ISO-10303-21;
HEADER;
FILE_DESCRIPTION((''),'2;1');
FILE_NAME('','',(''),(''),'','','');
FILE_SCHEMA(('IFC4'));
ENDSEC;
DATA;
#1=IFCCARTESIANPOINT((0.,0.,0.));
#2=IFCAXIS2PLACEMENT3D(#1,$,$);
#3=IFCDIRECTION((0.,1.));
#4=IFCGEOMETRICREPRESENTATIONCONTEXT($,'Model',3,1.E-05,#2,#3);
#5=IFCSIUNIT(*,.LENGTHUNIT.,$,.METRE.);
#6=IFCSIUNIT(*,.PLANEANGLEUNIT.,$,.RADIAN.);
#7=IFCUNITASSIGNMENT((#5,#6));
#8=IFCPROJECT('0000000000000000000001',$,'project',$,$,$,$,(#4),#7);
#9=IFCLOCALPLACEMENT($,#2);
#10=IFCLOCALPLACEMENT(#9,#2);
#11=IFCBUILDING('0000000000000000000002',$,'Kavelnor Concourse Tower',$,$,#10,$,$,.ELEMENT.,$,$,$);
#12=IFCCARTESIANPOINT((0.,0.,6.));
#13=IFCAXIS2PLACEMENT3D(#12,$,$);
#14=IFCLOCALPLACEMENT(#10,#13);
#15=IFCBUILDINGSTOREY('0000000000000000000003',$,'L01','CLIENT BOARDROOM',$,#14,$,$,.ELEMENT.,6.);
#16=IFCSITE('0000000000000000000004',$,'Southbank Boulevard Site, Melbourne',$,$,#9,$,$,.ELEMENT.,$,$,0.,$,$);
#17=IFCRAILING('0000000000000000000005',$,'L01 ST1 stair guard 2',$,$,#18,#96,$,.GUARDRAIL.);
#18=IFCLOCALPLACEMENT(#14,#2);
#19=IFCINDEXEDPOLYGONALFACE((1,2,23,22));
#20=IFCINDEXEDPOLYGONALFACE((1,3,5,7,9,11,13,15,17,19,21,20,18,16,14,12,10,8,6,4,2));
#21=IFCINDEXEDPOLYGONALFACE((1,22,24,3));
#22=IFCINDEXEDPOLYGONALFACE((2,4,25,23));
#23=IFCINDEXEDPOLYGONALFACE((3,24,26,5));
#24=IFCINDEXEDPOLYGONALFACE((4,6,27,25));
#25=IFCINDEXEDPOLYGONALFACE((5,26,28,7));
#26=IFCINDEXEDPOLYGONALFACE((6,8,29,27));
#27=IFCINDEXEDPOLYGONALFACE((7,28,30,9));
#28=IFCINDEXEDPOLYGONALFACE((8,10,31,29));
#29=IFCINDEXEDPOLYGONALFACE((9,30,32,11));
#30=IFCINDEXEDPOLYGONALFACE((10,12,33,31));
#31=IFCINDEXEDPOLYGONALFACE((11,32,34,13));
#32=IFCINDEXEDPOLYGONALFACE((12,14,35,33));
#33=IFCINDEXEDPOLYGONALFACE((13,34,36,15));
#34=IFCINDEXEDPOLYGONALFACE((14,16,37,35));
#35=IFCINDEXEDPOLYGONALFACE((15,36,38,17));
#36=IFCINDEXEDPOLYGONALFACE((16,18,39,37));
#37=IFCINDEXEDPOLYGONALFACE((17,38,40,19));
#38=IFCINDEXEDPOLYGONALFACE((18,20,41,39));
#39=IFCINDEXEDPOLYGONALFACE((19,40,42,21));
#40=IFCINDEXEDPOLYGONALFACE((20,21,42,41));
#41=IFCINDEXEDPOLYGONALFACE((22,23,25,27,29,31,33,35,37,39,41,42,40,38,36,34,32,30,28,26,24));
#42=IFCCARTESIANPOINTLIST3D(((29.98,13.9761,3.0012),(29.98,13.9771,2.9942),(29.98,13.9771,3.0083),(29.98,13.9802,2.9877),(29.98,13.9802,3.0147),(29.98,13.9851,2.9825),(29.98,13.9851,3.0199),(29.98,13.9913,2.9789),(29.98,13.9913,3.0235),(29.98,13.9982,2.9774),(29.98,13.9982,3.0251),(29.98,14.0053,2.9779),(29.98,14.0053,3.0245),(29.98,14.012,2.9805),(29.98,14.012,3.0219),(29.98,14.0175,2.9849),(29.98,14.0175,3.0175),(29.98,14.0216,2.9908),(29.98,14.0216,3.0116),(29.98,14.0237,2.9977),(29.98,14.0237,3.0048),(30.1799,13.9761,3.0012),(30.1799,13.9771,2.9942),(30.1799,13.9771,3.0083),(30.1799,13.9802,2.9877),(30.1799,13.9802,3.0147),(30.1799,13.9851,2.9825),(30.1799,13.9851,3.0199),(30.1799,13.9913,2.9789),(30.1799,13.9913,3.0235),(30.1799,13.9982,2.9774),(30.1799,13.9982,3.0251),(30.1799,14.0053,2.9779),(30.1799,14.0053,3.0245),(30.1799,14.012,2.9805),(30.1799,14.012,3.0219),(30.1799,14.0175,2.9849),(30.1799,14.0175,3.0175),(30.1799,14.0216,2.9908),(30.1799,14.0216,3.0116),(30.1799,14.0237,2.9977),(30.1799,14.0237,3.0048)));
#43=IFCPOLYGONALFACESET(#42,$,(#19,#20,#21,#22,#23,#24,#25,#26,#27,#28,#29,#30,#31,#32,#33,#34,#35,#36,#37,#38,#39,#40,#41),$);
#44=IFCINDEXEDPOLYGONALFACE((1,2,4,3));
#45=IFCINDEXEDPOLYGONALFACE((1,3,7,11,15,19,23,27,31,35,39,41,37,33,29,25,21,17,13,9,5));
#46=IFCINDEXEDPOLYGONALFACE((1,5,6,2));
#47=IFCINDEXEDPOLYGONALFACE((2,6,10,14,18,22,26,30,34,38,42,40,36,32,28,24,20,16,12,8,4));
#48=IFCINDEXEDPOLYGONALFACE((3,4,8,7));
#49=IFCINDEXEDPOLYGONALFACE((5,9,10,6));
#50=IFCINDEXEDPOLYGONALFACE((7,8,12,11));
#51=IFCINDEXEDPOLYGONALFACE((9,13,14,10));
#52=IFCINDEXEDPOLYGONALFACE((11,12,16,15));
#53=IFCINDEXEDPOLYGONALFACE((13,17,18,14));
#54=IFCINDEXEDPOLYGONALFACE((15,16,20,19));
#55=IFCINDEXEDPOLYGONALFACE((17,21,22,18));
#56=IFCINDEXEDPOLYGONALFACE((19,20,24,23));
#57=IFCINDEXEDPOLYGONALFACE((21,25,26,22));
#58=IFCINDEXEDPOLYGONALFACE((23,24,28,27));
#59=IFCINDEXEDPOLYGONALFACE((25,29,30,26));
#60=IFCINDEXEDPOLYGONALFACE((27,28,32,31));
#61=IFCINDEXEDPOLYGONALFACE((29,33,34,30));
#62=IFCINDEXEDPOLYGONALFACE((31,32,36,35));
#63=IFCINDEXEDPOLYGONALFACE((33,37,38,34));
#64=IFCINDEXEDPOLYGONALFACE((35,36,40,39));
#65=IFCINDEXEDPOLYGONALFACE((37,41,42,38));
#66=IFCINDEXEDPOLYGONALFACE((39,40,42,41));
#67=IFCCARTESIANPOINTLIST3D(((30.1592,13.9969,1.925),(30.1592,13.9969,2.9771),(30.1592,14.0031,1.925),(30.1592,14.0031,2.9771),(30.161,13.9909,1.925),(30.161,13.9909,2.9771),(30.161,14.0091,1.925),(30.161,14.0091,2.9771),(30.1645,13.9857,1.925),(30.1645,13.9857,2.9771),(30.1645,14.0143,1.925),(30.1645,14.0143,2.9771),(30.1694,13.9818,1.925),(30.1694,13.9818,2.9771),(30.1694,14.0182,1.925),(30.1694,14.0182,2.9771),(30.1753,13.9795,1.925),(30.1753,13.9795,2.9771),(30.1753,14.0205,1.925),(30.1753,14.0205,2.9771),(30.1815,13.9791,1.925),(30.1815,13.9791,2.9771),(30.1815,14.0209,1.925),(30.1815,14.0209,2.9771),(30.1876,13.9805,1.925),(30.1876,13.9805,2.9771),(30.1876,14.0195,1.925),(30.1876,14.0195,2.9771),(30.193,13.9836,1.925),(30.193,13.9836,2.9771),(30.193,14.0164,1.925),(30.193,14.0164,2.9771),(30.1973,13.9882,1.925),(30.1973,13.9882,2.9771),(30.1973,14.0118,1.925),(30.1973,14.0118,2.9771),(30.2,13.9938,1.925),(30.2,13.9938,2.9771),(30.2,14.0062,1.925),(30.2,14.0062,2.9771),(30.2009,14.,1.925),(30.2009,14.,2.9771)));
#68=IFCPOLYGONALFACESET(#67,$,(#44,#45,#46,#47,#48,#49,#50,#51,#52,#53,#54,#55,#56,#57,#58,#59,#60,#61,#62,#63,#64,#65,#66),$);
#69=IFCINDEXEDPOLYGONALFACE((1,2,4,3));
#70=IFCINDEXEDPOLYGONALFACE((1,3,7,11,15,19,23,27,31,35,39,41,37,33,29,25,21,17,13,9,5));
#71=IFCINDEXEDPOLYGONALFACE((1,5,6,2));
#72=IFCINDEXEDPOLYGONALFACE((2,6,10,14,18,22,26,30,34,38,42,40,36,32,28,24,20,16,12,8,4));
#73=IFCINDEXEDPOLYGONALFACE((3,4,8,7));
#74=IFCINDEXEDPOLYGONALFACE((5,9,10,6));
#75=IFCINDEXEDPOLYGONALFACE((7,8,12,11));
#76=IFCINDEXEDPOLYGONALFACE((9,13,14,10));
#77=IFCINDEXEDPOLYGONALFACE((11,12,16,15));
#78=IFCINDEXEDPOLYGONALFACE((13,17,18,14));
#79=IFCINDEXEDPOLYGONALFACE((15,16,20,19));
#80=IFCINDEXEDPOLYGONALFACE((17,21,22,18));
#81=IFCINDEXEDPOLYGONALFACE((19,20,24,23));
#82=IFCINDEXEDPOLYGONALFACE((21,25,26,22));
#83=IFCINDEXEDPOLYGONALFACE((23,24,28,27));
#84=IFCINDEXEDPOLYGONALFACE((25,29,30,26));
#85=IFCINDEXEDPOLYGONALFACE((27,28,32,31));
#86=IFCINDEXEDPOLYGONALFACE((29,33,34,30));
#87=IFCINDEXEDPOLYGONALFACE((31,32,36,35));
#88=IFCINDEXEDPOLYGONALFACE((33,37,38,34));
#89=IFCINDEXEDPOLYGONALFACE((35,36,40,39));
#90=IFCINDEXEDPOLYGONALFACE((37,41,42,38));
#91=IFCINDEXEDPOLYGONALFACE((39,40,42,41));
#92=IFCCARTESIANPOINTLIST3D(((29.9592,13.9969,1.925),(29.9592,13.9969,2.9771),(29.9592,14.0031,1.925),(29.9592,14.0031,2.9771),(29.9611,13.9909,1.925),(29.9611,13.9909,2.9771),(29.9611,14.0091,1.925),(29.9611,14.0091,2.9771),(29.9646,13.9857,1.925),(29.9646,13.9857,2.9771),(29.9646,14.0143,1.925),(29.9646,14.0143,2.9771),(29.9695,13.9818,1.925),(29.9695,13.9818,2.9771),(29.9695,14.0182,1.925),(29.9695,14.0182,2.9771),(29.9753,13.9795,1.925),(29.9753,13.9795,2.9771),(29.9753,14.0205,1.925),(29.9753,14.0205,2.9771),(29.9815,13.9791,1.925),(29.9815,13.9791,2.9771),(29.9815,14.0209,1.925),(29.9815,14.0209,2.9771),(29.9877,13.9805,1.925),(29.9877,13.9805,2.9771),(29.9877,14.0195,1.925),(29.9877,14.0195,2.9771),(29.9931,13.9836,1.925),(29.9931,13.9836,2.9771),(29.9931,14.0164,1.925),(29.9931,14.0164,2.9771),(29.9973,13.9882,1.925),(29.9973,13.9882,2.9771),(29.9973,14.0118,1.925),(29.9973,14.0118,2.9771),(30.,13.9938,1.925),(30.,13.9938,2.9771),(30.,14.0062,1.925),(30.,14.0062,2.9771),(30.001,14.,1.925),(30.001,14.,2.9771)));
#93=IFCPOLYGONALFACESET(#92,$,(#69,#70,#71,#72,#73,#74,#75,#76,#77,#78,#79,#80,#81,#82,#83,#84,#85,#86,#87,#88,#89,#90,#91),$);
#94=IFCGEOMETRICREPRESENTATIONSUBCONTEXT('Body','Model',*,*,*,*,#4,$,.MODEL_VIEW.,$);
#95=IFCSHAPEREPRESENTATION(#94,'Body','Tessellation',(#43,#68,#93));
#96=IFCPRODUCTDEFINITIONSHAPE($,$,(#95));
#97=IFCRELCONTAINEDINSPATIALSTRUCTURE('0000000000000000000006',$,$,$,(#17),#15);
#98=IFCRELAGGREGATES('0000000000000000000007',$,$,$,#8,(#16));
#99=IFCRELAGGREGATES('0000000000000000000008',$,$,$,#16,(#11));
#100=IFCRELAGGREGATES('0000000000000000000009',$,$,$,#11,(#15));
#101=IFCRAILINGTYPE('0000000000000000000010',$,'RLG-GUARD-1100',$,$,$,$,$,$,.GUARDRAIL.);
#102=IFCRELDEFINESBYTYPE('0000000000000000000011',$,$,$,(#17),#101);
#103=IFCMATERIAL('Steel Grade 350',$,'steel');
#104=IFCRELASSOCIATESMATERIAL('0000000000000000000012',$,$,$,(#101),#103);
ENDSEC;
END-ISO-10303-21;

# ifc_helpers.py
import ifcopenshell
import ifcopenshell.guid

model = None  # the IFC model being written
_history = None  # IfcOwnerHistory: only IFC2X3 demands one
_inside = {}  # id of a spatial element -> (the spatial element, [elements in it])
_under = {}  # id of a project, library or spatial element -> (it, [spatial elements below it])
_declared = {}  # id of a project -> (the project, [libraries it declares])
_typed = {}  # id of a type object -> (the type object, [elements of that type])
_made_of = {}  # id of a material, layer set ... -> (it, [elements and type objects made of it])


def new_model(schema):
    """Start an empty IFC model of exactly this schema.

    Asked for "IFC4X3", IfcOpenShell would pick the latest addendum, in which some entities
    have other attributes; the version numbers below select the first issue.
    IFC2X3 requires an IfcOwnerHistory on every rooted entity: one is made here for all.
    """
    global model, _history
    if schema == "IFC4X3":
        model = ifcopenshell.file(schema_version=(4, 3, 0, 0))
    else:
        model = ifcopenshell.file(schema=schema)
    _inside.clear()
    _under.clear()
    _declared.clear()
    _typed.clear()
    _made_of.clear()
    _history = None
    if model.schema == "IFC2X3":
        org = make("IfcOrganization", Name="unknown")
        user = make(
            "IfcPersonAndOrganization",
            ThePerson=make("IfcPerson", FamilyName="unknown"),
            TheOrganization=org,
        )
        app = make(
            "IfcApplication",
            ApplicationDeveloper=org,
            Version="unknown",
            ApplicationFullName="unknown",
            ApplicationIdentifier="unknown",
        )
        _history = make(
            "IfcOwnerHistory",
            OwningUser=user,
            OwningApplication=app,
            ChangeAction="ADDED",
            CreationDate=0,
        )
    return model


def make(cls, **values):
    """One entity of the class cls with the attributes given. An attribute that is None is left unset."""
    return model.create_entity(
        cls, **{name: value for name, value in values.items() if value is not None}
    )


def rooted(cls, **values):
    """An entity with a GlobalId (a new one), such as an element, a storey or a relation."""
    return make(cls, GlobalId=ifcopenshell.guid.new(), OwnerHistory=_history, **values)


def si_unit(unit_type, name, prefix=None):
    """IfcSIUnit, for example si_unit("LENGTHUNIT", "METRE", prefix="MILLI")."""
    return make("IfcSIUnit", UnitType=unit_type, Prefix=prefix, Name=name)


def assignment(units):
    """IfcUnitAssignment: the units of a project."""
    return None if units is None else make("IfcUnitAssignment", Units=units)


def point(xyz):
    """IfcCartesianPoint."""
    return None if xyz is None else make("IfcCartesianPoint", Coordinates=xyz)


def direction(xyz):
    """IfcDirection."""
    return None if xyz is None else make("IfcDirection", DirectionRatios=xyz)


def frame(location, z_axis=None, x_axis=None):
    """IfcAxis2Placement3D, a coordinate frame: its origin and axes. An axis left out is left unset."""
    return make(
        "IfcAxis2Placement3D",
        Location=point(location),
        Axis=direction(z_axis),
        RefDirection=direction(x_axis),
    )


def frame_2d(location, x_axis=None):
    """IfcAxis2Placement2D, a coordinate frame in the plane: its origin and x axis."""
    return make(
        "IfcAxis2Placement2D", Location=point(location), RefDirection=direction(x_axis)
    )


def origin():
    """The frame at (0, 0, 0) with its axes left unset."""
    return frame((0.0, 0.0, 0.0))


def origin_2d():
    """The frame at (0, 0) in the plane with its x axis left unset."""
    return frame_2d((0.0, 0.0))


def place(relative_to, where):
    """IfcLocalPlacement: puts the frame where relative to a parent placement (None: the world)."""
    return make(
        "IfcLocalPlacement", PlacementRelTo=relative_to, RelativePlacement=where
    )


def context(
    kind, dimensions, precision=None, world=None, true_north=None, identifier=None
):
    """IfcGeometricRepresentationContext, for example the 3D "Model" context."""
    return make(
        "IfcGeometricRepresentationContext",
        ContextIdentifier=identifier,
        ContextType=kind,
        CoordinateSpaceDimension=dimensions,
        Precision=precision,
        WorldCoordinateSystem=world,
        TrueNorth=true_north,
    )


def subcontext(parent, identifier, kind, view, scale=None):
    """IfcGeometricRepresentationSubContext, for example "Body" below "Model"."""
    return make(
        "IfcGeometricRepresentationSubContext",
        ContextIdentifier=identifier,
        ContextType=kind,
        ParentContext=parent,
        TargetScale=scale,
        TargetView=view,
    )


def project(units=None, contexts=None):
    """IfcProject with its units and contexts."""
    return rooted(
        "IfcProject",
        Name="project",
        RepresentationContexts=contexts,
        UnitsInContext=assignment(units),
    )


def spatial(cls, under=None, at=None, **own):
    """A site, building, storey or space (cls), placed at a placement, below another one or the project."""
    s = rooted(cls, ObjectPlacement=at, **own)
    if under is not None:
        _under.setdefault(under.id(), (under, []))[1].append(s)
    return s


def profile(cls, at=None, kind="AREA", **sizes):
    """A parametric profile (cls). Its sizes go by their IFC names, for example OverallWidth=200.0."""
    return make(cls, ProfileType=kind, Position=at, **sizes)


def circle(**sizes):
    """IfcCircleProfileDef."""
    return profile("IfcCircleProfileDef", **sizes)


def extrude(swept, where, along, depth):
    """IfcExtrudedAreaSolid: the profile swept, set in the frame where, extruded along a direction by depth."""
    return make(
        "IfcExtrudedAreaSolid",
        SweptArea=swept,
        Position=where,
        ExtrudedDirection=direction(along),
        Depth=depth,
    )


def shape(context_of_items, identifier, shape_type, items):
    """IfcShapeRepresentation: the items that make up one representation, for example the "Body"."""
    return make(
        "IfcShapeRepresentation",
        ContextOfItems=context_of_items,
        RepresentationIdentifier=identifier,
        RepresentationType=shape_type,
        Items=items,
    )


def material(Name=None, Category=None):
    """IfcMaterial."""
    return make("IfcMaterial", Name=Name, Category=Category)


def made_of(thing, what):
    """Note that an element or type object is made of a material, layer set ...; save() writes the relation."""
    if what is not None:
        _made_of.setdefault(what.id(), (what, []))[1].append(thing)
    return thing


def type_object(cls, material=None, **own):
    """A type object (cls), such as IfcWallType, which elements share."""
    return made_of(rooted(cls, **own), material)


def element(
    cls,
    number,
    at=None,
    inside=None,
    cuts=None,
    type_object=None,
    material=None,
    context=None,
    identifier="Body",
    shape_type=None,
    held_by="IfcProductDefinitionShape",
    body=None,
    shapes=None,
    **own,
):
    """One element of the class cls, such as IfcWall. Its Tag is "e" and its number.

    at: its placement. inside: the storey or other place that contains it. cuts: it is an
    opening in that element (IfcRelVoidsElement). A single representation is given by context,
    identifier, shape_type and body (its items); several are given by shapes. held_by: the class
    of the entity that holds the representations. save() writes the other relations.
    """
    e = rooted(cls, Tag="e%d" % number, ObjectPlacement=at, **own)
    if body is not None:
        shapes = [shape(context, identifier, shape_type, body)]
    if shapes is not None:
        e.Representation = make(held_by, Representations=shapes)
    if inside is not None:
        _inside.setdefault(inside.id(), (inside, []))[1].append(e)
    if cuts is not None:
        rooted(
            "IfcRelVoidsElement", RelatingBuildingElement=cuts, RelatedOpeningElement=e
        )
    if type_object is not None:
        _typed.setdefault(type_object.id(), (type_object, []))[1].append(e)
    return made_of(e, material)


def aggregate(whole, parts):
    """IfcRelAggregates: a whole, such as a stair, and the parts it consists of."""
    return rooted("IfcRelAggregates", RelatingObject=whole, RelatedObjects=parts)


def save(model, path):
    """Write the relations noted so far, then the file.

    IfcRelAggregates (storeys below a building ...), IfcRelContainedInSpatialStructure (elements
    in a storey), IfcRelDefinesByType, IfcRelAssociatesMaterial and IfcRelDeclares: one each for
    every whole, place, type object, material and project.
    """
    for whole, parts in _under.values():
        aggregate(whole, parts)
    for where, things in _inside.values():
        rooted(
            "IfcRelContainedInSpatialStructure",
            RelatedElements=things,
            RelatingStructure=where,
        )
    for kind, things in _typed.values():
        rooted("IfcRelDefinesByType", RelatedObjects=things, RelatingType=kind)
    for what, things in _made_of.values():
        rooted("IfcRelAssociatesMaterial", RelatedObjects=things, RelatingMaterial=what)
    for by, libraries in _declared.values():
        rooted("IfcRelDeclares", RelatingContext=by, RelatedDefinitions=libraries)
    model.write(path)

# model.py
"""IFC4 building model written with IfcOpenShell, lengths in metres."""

from ifc_helpers import new_model, si_unit, direction, frame, origin, origin_2d, place, context, subcontext, project, spatial, circle, extrude, material, type_object, element, save


model = new_model("IFC4")

# Units and contexts
model_context = context("Model", 3, precision=1e-05, world=origin(), true_north=direction((0.0, 1.0)))
body_context = subcontext(model_context, "Body", "Model", "MODEL_VIEW")
ifc_project = project(units=[si_unit("LENGTHUNIT", "METRE"), si_unit("PLANEANGLEUNIT", "RADIAN")], contexts=[model_context])

# Site, building, storey
site_placement = place(None, origin())
site = spatial("IfcSite", under=ifc_project, at=site_placement, Name="Southbank Boulevard Site, Melbourne", CompositionType="ELEMENT", RefElevation=0.0)
building_placement = place(site_placement, origin())
building = spatial("IfcBuilding", under=site, at=building_placement, Name="Kavelnor Concourse Tower", CompositionType="ELEMENT")
storey_placement = place(building_placement, frame((0.0, 0.0, 6.0)))
storey = spatial("IfcBuildingStorey", under=building, at=storey_placement, Name="L01", Description="CLIENT BOARDROOM", CompositionType="ELEMENT", Elevation=6.0)

# Shared definitions
ifc_material_1 = material(Name="Steel Grade 350", Category="steel")

# Railing
railing_type_1 = type_object("IfcRailingType", Name="RLG-GUARD-1100", PredefinedType="GUARDRAIL", material=ifc_material_1)
railing_1_placement = place(storey_placement, frame((30.1799, 14.0, 1.925)))
element("IfcRailing", 1, at=railing_1_placement, inside=storey, type_object=railing_type_1, Name="L01 ST1 stair guard 2", PredefinedType="GUARDRAIL", context=body_context, shape_type="SweptSolid", body=[
    extrude(circle(Radius=0.0239, at=origin_2d()), frame((0.0, 0.0, 1.0762), z_axis=(-1.0, 0.0, 0.0), x_axis=(0.0, -1.0, 0.0)), (0.0, 0.0, 1.0), 0.2),
    extrude(circle(Radius=0.021, at=origin_2d()), origin(), (0.0, 0.0, 1.0), 1.052),
    extrude(circle(Radius=0.021, at=origin_2d()), frame((-0.2, 0.0, 0.0)), (0.0, 0.0, 1.0), 1.052),
])

save(model, "model.ifc")
